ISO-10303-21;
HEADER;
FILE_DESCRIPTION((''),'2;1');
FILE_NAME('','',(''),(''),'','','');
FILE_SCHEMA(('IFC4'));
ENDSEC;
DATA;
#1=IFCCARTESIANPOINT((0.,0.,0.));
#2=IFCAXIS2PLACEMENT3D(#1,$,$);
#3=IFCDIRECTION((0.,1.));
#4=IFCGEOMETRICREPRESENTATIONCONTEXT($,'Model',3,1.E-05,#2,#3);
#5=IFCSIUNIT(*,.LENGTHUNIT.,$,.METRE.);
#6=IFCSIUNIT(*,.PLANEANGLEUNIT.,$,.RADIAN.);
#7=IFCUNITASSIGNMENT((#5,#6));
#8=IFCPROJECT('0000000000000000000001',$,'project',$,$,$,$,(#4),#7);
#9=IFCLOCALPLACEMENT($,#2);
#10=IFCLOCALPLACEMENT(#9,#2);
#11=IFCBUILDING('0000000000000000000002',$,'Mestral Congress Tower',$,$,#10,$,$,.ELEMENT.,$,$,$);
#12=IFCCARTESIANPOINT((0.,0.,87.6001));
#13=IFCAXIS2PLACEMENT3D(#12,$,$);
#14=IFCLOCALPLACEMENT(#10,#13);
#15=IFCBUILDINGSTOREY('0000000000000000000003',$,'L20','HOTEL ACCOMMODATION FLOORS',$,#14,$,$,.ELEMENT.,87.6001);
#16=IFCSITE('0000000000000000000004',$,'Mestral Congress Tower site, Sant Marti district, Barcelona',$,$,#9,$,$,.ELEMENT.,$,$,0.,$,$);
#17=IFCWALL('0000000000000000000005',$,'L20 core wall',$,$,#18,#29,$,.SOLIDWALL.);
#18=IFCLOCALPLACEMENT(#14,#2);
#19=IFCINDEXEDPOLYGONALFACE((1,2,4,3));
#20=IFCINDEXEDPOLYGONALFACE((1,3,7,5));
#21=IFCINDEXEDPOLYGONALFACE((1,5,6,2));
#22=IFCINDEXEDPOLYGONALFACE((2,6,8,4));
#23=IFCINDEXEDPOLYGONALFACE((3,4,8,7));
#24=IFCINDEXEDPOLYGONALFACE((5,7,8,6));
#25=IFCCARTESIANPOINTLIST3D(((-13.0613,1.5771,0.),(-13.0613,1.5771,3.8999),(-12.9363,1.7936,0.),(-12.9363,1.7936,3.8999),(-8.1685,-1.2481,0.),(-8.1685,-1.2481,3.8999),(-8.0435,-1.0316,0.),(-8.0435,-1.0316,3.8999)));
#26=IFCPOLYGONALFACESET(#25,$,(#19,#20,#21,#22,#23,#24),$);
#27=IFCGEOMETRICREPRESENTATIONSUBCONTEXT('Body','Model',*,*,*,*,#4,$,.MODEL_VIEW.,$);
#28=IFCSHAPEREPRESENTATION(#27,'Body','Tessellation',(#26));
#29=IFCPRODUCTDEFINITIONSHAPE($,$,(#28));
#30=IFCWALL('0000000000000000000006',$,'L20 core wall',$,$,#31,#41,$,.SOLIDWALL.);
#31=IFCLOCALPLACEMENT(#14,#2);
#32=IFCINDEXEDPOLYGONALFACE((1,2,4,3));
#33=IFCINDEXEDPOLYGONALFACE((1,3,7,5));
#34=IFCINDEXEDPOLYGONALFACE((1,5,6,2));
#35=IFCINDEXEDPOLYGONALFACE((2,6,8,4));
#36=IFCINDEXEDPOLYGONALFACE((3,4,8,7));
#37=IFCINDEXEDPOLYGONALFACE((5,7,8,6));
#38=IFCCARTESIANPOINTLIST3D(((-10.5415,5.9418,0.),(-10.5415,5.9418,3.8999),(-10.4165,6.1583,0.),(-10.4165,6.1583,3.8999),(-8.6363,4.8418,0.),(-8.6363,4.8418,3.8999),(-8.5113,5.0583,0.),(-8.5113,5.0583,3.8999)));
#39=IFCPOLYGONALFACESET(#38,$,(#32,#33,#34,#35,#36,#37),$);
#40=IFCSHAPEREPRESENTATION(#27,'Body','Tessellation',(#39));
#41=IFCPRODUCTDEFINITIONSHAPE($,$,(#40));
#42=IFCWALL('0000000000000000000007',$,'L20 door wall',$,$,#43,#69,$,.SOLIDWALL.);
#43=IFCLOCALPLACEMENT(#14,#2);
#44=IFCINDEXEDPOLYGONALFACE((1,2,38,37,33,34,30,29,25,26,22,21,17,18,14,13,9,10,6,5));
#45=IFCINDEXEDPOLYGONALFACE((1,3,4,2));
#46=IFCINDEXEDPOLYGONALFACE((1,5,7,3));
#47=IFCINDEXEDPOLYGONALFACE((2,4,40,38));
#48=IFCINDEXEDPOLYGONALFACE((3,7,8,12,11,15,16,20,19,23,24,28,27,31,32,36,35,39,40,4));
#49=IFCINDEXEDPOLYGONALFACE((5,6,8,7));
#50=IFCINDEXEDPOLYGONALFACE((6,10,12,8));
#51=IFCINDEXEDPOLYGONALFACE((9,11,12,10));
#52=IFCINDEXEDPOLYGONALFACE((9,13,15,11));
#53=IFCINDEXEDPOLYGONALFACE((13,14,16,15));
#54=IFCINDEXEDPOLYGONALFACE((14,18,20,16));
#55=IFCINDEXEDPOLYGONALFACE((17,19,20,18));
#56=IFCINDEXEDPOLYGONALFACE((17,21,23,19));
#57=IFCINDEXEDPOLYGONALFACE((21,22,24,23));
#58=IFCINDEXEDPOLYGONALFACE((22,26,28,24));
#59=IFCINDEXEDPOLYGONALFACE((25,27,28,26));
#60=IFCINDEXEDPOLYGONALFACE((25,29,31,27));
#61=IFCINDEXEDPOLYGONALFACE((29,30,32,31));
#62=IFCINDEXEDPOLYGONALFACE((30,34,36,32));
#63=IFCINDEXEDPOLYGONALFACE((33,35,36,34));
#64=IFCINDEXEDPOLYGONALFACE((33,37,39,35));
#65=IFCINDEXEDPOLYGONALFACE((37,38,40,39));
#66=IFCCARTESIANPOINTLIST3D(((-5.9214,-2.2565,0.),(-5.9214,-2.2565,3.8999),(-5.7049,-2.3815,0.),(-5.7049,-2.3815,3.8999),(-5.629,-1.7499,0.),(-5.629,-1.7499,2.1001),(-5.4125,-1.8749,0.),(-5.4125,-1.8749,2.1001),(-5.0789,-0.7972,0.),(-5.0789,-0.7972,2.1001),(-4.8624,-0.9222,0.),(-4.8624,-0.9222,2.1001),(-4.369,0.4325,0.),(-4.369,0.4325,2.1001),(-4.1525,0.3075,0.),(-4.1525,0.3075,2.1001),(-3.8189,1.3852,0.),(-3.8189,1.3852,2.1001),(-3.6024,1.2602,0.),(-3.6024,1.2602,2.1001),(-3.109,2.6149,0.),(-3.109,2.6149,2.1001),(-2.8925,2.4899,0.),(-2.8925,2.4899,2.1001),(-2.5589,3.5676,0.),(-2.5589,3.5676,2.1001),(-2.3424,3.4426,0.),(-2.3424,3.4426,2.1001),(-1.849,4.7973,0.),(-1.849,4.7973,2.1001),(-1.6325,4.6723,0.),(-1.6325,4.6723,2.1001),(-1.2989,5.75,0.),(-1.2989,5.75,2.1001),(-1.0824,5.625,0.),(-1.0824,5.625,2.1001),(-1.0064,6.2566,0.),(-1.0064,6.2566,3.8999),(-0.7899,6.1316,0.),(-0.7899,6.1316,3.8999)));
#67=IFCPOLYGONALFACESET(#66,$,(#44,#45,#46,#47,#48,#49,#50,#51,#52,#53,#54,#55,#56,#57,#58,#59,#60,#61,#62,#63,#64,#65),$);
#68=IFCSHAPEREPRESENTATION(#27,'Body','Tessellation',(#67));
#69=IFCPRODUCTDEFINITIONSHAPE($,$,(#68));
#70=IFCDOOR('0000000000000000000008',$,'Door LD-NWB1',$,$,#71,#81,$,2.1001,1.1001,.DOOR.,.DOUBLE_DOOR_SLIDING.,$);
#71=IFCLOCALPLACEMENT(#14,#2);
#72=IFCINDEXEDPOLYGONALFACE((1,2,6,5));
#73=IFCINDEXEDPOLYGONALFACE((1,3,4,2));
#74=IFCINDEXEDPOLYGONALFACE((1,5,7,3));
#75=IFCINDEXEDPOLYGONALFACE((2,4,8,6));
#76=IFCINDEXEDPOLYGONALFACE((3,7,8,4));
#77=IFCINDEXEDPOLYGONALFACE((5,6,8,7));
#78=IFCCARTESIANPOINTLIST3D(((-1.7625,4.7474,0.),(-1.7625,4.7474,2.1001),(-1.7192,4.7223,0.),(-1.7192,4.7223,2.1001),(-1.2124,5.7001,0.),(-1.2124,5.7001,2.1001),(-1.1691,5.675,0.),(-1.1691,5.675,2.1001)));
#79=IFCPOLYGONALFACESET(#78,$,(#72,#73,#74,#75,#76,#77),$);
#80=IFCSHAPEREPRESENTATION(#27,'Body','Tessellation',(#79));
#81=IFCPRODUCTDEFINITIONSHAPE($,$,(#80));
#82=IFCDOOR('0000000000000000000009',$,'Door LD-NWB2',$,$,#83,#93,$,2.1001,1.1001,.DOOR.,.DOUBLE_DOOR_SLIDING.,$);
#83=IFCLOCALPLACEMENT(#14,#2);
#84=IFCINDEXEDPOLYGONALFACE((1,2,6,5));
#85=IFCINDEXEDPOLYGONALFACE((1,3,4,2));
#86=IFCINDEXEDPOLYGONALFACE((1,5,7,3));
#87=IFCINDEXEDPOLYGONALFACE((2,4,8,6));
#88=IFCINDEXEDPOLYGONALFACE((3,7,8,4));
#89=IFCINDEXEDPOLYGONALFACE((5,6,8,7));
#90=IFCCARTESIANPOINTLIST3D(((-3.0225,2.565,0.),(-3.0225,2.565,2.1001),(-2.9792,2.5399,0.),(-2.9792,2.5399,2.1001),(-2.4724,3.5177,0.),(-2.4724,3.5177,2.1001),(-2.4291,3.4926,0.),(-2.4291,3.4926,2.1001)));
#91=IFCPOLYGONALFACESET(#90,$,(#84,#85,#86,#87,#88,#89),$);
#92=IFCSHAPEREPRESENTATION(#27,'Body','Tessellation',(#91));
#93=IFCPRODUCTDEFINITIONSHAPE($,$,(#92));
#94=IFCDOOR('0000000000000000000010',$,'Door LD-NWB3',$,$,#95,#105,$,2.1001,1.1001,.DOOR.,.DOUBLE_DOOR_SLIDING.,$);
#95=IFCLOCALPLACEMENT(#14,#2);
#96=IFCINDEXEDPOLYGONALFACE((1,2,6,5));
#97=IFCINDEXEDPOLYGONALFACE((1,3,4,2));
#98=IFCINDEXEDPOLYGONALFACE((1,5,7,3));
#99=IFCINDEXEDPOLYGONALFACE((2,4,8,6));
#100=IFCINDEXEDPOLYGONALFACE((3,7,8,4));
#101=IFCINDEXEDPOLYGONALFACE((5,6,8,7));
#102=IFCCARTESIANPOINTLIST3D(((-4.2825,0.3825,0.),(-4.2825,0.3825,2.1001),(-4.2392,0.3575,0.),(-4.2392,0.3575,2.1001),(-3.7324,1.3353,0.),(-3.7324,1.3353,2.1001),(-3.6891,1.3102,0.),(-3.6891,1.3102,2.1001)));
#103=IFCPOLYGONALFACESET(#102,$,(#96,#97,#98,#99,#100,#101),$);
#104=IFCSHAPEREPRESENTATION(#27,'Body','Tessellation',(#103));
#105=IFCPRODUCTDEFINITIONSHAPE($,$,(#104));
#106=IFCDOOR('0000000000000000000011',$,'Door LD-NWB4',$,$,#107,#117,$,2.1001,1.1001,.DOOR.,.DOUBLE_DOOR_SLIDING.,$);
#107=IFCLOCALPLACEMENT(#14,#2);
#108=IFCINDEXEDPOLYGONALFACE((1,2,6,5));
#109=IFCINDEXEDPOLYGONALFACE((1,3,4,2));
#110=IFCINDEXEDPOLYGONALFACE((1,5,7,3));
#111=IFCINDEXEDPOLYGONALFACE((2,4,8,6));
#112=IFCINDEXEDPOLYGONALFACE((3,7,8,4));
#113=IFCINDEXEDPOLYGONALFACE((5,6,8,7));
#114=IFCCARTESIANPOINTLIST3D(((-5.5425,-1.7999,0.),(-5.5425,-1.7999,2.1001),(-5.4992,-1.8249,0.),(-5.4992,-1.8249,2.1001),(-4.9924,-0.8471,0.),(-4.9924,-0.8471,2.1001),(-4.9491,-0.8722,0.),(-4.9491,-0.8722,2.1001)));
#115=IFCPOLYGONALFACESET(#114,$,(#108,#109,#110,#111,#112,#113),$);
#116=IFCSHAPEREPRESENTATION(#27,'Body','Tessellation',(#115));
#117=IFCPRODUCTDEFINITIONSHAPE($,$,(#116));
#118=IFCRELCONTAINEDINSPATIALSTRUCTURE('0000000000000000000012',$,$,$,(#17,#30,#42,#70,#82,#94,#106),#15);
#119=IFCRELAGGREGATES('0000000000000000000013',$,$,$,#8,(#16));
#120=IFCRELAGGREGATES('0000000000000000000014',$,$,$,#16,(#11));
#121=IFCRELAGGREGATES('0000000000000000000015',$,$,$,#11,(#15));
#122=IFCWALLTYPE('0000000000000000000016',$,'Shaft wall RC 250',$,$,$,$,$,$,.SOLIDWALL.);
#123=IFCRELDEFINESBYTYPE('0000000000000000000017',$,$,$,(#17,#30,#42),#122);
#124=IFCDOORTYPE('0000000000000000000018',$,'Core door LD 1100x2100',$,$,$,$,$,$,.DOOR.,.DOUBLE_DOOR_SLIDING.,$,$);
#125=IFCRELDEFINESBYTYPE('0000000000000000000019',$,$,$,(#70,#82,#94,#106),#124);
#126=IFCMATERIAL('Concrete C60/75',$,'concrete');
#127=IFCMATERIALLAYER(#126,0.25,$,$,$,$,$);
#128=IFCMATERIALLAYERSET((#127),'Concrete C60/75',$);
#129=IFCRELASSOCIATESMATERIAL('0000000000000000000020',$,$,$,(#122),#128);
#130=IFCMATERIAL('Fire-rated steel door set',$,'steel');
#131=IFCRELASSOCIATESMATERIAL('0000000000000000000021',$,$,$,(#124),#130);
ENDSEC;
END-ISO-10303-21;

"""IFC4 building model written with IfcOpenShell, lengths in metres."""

from ifc_helpers import new_model, si_unit, direction, frame, frame_2d, origin, place, context, subcontext, project, spatial, rectangle, extrude, material, layer, layer_set, type_object, element, fill, save


model = new_model("IFC4")

# Units and contexts
model_context = context("Model", 3, precision=1e-05, world=origin(), true_north=direction((0.0, 1.0)))
body_context = subcontext(model_context, "Body", "Model", "MODEL_VIEW")
ifc_project = project(units=[si_unit("LENGTHUNIT", "METRE"), si_unit("PLANEANGLEUNIT", "RADIAN")], contexts=[model_context])

# Site, building, storey
site_placement = place(None, origin())
site = spatial("IfcSite", under=ifc_project, at=site_placement, Name="Mestral Congress Tower site, Sant Marti district, Barcelona", CompositionType="ELEMENT", RefElevation=0.0)
building_placement = place(site_placement, origin())
building = spatial("IfcBuilding", under=site, at=building_placement, Name="Mestral Congress Tower", CompositionType="ELEMENT")
storey_placement = place(building_placement, frame((0.0, 0.0, 87.6001)))
storey = spatial("IfcBuildingStorey", under=building, at=storey_placement, Name="L20", Description="HOTEL ACCOMMODATION FLOORS", CompositionType="ELEMENT", Elevation=87.6001)

# Shared definitions
ifc_material_1 = material(Name="Fire-rated steel door set", Category="steel")

# Walls
ifc_material_2 = material(Name="Concrete C60/75", Category="concrete")
ifc_layer_1 = layer(ifc_material_2, 0.25)
ifc_layer_set_1 = layer_set([ifc_layer_1], Name="Concrete C60/75")
wall_type_1 = type_object("IfcWallType", Name="Shaft wall RC 250", PredefinedType="SOLIDWALL", material=ifc_layer_set_1)
wall_1_placement = place(storey_placement, frame((-8.106, -1.1399, 0.0), z_axis=(0.0, 0.0, 1.0), x_axis=(-0.866001, 0.500043, 0.0)))
element("IfcWall", 1, at=wall_1_placement, inside=storey, type_object=wall_type_1, Name="L20 core wall", PredefinedType="SOLIDWALL", context=body_context, shape_type="SweptSolid", body=[
    extrude(rectangle(XDim=5.6499, YDim=0.25, at=frame_2d((2.825, 0.0))), origin(), (0.0, 0.0, 1.0), 3.8999),
])
wall_2_placement = place(storey_placement, frame((-8.5737, 4.95, 0.0), z_axis=(0.0, 0.0, 1.0), x_axis=(-0.866008, 0.50003, 0.0)))
element("IfcWall", 2, at=wall_2_placement, inside=storey, type_object=wall_type_1, Name="L20 core wall", PredefinedType="SOLIDWALL", context=body_context, shape_type="SweptSolid", body=[
    extrude(rectangle(XDim=2.2, YDim=0.25, at=frame_2d((1.1001, 0.0))), origin(), (0.0, 0.0, 1.0), 3.8999),
])

# Wall, openings, doors
wall_3_placement = place(storey_placement, frame((-0.8982, 6.1941, 0.0), z_axis=(0.0, 0.0, 1.0), x_axis=(-0.499996, -0.866028, 0.0)))
wall_3 = element("IfcWall", 3, at=wall_3_placement, inside=storey, type_object=wall_type_1, Name="L20 door wall", PredefinedType="SOLIDWALL", context=body_context, shape_type="SweptSolid", body=[
    extrude(rectangle(XDim=9.8301, YDim=0.25, at=frame_2d((4.915, 0.0))), origin(), (0.0, 0.0, 1.0), 3.8999),
])
opening_1_placement = place(wall_3_placement, frame((0.585, 0.0, 0.0)))
opening_1 = element("IfcOpeningElement", 4, at=opening_1_placement, cuts=wall_3, PredefinedType="OPENING", context=body_context, shape_type="SweptSolid", body=[
    extrude(rectangle(XDim=1.1001, YDim=2.1001, at=frame_2d((0.55, 1.05))), frame((0.0, 0.135, 0.0), z_axis=(0.0, -1.0, 0.0), x_axis=(1.0, 0.0, 0.0)), (0.0, 0.0, 1.0), 0.27),
])
opening_2_placement = place(wall_3_placement, frame((3.105, 0.0, 0.0)))
opening_2 = element("IfcOpeningElement", 5, at=opening_2_placement, cuts=wall_3, PredefinedType="OPENING", context=body_context, shape_type="SweptSolid", body=[
    extrude(rectangle(XDim=1.1001, YDim=2.1001, at=frame_2d((0.55, 1.05))), frame((0.0, 0.135, 0.0), z_axis=(0.0, -1.0, 0.0), x_axis=(1.0, 0.0, 0.0)), (0.0, 0.0, 1.0), 0.27),
])
opening_3_placement = place(wall_3_placement, frame((5.625, 0.0, 0.0)))
opening_3 = element("IfcOpeningElement", 6, at=opening_3_placement, cuts=wall_3, PredefinedType="OPENING", context=body_context, shape_type="SweptSolid", body=[
    extrude(rectangle(XDim=1.1001, YDim=2.1001, at=frame_2d((0.55, 1.05))), frame((0.0, 0.135, 0.0), z_axis=(0.0, -1.0, 0.0), x_axis=(1.0, 0.0, 0.0)), (0.0, 0.0, 1.0), 0.27),
])
opening_4_placement = place(wall_3_placement, frame((8.145, 0.0, 0.0)))
opening_4 = element("IfcOpeningElement", 7, at=opening_4_placement, cuts=wall_3, PredefinedType="OPENING", context=body_context, shape_type="SweptSolid", body=[
    extrude(rectangle(XDim=1.1001, YDim=2.1001, at=frame_2d((0.55, 1.05))), frame((0.0, 0.135, 0.0), z_axis=(0.0, -1.0, 0.0), x_axis=(1.0, 0.0, 0.0)), (0.0, 0.0, 1.0), 0.27),
])
door_type_1 = type_object("IfcDoorType", Name="Core door LD 1100x2100", OperationType="DOUBLE_DOOR_SLIDING", PredefinedType="DOOR", material=ifc_material_1)
door_1_placement = place(opening_1_placement, origin())
door_1 = element("IfcDoor", 8, at=door_1_placement, inside=storey, type_object=door_type_1, Name="Door LD-NWB1", OperationType="DOUBLE_DOOR_SLIDING", OverallHeight=2.1001, OverallWidth=1.1001, PredefinedType="DOOR", context=body_context, shape_type="SweptSolid", body=[
    extrude(rectangle(XDim=1.1001, YDim=2.1001, at=frame_2d((0.55, 1.05))), frame((0.0, 0.0249, 0.0), z_axis=(0.0, -1.0, 0.0), x_axis=(1.0, 0.0, 0.0)), (0.0, 0.0, 1.0), 0.05),
])
fill(opening_1, door_1)
door_2_placement = place(opening_2_placement, origin())
door_2 = element("IfcDoor", 9, at=door_2_placement, inside=storey, type_object=door_type_1, Name="Door LD-NWB2", OperationType="DOUBLE_DOOR_SLIDING", OverallHeight=2.1001, OverallWidth=1.1001, PredefinedType="DOOR", context=body_context, shape_type="SweptSolid", body=[
    extrude(rectangle(XDim=1.1001, YDim=2.1001, at=frame_2d((0.55, 1.05))), frame((0.0, 0.0249, 0.0), z_axis=(0.0, -1.0, 0.0), x_axis=(1.0, 0.0, 0.0)), (0.0, 0.0, 1.0), 0.05),
])
fill(opening_2, door_2)
door_3_placement = place(opening_3_placement, origin())
door_3 = element("IfcDoor", 10, at=door_3_placement, inside=storey, type_object=door_type_1, Name="Door LD-NWB3", OperationType="DOUBLE_DOOR_SLIDING", OverallHeight=2.1001, OverallWidth=1.1001, PredefinedType="DOOR", context=body_context, shape_type="SweptSolid", body=[
    extrude(rectangle(XDim=1.1001, YDim=2.1001, at=frame_2d((0.55, 1.05))), frame((0.0, 0.0249, 0.0), z_axis=(0.0, -1.0, 0.0), x_axis=(1.0, 0.0, 0.0)), (0.0, 0.0, 1.0), 0.05),
])
fill(opening_3, door_3)
door_4_placement = place(opening_4_placement, origin())
door_4 = element("IfcDoor", 11, at=door_4_placement, inside=storey, type_object=door_type_1, Name="Door LD-NWB4", OperationType="DOUBLE_DOOR_SLIDING", OverallHeight=2.1001, OverallWidth=1.1001, PredefinedType="DOOR", context=body_context, shape_type="SweptSolid", body=[
    extrude(rectangle(XDim=1.1001, YDim=2.1001, at=frame_2d((0.55, 1.05))), frame((0.0, 0.0249, 0.0), z_axis=(0.0, -1.0, 0.0), x_axis=(1.0, 0.0, 0.0)), (0.0, 0.0, 1.0), 0.05),
])
fill(opening_4, door_4)

save(model, "model.ifc")
